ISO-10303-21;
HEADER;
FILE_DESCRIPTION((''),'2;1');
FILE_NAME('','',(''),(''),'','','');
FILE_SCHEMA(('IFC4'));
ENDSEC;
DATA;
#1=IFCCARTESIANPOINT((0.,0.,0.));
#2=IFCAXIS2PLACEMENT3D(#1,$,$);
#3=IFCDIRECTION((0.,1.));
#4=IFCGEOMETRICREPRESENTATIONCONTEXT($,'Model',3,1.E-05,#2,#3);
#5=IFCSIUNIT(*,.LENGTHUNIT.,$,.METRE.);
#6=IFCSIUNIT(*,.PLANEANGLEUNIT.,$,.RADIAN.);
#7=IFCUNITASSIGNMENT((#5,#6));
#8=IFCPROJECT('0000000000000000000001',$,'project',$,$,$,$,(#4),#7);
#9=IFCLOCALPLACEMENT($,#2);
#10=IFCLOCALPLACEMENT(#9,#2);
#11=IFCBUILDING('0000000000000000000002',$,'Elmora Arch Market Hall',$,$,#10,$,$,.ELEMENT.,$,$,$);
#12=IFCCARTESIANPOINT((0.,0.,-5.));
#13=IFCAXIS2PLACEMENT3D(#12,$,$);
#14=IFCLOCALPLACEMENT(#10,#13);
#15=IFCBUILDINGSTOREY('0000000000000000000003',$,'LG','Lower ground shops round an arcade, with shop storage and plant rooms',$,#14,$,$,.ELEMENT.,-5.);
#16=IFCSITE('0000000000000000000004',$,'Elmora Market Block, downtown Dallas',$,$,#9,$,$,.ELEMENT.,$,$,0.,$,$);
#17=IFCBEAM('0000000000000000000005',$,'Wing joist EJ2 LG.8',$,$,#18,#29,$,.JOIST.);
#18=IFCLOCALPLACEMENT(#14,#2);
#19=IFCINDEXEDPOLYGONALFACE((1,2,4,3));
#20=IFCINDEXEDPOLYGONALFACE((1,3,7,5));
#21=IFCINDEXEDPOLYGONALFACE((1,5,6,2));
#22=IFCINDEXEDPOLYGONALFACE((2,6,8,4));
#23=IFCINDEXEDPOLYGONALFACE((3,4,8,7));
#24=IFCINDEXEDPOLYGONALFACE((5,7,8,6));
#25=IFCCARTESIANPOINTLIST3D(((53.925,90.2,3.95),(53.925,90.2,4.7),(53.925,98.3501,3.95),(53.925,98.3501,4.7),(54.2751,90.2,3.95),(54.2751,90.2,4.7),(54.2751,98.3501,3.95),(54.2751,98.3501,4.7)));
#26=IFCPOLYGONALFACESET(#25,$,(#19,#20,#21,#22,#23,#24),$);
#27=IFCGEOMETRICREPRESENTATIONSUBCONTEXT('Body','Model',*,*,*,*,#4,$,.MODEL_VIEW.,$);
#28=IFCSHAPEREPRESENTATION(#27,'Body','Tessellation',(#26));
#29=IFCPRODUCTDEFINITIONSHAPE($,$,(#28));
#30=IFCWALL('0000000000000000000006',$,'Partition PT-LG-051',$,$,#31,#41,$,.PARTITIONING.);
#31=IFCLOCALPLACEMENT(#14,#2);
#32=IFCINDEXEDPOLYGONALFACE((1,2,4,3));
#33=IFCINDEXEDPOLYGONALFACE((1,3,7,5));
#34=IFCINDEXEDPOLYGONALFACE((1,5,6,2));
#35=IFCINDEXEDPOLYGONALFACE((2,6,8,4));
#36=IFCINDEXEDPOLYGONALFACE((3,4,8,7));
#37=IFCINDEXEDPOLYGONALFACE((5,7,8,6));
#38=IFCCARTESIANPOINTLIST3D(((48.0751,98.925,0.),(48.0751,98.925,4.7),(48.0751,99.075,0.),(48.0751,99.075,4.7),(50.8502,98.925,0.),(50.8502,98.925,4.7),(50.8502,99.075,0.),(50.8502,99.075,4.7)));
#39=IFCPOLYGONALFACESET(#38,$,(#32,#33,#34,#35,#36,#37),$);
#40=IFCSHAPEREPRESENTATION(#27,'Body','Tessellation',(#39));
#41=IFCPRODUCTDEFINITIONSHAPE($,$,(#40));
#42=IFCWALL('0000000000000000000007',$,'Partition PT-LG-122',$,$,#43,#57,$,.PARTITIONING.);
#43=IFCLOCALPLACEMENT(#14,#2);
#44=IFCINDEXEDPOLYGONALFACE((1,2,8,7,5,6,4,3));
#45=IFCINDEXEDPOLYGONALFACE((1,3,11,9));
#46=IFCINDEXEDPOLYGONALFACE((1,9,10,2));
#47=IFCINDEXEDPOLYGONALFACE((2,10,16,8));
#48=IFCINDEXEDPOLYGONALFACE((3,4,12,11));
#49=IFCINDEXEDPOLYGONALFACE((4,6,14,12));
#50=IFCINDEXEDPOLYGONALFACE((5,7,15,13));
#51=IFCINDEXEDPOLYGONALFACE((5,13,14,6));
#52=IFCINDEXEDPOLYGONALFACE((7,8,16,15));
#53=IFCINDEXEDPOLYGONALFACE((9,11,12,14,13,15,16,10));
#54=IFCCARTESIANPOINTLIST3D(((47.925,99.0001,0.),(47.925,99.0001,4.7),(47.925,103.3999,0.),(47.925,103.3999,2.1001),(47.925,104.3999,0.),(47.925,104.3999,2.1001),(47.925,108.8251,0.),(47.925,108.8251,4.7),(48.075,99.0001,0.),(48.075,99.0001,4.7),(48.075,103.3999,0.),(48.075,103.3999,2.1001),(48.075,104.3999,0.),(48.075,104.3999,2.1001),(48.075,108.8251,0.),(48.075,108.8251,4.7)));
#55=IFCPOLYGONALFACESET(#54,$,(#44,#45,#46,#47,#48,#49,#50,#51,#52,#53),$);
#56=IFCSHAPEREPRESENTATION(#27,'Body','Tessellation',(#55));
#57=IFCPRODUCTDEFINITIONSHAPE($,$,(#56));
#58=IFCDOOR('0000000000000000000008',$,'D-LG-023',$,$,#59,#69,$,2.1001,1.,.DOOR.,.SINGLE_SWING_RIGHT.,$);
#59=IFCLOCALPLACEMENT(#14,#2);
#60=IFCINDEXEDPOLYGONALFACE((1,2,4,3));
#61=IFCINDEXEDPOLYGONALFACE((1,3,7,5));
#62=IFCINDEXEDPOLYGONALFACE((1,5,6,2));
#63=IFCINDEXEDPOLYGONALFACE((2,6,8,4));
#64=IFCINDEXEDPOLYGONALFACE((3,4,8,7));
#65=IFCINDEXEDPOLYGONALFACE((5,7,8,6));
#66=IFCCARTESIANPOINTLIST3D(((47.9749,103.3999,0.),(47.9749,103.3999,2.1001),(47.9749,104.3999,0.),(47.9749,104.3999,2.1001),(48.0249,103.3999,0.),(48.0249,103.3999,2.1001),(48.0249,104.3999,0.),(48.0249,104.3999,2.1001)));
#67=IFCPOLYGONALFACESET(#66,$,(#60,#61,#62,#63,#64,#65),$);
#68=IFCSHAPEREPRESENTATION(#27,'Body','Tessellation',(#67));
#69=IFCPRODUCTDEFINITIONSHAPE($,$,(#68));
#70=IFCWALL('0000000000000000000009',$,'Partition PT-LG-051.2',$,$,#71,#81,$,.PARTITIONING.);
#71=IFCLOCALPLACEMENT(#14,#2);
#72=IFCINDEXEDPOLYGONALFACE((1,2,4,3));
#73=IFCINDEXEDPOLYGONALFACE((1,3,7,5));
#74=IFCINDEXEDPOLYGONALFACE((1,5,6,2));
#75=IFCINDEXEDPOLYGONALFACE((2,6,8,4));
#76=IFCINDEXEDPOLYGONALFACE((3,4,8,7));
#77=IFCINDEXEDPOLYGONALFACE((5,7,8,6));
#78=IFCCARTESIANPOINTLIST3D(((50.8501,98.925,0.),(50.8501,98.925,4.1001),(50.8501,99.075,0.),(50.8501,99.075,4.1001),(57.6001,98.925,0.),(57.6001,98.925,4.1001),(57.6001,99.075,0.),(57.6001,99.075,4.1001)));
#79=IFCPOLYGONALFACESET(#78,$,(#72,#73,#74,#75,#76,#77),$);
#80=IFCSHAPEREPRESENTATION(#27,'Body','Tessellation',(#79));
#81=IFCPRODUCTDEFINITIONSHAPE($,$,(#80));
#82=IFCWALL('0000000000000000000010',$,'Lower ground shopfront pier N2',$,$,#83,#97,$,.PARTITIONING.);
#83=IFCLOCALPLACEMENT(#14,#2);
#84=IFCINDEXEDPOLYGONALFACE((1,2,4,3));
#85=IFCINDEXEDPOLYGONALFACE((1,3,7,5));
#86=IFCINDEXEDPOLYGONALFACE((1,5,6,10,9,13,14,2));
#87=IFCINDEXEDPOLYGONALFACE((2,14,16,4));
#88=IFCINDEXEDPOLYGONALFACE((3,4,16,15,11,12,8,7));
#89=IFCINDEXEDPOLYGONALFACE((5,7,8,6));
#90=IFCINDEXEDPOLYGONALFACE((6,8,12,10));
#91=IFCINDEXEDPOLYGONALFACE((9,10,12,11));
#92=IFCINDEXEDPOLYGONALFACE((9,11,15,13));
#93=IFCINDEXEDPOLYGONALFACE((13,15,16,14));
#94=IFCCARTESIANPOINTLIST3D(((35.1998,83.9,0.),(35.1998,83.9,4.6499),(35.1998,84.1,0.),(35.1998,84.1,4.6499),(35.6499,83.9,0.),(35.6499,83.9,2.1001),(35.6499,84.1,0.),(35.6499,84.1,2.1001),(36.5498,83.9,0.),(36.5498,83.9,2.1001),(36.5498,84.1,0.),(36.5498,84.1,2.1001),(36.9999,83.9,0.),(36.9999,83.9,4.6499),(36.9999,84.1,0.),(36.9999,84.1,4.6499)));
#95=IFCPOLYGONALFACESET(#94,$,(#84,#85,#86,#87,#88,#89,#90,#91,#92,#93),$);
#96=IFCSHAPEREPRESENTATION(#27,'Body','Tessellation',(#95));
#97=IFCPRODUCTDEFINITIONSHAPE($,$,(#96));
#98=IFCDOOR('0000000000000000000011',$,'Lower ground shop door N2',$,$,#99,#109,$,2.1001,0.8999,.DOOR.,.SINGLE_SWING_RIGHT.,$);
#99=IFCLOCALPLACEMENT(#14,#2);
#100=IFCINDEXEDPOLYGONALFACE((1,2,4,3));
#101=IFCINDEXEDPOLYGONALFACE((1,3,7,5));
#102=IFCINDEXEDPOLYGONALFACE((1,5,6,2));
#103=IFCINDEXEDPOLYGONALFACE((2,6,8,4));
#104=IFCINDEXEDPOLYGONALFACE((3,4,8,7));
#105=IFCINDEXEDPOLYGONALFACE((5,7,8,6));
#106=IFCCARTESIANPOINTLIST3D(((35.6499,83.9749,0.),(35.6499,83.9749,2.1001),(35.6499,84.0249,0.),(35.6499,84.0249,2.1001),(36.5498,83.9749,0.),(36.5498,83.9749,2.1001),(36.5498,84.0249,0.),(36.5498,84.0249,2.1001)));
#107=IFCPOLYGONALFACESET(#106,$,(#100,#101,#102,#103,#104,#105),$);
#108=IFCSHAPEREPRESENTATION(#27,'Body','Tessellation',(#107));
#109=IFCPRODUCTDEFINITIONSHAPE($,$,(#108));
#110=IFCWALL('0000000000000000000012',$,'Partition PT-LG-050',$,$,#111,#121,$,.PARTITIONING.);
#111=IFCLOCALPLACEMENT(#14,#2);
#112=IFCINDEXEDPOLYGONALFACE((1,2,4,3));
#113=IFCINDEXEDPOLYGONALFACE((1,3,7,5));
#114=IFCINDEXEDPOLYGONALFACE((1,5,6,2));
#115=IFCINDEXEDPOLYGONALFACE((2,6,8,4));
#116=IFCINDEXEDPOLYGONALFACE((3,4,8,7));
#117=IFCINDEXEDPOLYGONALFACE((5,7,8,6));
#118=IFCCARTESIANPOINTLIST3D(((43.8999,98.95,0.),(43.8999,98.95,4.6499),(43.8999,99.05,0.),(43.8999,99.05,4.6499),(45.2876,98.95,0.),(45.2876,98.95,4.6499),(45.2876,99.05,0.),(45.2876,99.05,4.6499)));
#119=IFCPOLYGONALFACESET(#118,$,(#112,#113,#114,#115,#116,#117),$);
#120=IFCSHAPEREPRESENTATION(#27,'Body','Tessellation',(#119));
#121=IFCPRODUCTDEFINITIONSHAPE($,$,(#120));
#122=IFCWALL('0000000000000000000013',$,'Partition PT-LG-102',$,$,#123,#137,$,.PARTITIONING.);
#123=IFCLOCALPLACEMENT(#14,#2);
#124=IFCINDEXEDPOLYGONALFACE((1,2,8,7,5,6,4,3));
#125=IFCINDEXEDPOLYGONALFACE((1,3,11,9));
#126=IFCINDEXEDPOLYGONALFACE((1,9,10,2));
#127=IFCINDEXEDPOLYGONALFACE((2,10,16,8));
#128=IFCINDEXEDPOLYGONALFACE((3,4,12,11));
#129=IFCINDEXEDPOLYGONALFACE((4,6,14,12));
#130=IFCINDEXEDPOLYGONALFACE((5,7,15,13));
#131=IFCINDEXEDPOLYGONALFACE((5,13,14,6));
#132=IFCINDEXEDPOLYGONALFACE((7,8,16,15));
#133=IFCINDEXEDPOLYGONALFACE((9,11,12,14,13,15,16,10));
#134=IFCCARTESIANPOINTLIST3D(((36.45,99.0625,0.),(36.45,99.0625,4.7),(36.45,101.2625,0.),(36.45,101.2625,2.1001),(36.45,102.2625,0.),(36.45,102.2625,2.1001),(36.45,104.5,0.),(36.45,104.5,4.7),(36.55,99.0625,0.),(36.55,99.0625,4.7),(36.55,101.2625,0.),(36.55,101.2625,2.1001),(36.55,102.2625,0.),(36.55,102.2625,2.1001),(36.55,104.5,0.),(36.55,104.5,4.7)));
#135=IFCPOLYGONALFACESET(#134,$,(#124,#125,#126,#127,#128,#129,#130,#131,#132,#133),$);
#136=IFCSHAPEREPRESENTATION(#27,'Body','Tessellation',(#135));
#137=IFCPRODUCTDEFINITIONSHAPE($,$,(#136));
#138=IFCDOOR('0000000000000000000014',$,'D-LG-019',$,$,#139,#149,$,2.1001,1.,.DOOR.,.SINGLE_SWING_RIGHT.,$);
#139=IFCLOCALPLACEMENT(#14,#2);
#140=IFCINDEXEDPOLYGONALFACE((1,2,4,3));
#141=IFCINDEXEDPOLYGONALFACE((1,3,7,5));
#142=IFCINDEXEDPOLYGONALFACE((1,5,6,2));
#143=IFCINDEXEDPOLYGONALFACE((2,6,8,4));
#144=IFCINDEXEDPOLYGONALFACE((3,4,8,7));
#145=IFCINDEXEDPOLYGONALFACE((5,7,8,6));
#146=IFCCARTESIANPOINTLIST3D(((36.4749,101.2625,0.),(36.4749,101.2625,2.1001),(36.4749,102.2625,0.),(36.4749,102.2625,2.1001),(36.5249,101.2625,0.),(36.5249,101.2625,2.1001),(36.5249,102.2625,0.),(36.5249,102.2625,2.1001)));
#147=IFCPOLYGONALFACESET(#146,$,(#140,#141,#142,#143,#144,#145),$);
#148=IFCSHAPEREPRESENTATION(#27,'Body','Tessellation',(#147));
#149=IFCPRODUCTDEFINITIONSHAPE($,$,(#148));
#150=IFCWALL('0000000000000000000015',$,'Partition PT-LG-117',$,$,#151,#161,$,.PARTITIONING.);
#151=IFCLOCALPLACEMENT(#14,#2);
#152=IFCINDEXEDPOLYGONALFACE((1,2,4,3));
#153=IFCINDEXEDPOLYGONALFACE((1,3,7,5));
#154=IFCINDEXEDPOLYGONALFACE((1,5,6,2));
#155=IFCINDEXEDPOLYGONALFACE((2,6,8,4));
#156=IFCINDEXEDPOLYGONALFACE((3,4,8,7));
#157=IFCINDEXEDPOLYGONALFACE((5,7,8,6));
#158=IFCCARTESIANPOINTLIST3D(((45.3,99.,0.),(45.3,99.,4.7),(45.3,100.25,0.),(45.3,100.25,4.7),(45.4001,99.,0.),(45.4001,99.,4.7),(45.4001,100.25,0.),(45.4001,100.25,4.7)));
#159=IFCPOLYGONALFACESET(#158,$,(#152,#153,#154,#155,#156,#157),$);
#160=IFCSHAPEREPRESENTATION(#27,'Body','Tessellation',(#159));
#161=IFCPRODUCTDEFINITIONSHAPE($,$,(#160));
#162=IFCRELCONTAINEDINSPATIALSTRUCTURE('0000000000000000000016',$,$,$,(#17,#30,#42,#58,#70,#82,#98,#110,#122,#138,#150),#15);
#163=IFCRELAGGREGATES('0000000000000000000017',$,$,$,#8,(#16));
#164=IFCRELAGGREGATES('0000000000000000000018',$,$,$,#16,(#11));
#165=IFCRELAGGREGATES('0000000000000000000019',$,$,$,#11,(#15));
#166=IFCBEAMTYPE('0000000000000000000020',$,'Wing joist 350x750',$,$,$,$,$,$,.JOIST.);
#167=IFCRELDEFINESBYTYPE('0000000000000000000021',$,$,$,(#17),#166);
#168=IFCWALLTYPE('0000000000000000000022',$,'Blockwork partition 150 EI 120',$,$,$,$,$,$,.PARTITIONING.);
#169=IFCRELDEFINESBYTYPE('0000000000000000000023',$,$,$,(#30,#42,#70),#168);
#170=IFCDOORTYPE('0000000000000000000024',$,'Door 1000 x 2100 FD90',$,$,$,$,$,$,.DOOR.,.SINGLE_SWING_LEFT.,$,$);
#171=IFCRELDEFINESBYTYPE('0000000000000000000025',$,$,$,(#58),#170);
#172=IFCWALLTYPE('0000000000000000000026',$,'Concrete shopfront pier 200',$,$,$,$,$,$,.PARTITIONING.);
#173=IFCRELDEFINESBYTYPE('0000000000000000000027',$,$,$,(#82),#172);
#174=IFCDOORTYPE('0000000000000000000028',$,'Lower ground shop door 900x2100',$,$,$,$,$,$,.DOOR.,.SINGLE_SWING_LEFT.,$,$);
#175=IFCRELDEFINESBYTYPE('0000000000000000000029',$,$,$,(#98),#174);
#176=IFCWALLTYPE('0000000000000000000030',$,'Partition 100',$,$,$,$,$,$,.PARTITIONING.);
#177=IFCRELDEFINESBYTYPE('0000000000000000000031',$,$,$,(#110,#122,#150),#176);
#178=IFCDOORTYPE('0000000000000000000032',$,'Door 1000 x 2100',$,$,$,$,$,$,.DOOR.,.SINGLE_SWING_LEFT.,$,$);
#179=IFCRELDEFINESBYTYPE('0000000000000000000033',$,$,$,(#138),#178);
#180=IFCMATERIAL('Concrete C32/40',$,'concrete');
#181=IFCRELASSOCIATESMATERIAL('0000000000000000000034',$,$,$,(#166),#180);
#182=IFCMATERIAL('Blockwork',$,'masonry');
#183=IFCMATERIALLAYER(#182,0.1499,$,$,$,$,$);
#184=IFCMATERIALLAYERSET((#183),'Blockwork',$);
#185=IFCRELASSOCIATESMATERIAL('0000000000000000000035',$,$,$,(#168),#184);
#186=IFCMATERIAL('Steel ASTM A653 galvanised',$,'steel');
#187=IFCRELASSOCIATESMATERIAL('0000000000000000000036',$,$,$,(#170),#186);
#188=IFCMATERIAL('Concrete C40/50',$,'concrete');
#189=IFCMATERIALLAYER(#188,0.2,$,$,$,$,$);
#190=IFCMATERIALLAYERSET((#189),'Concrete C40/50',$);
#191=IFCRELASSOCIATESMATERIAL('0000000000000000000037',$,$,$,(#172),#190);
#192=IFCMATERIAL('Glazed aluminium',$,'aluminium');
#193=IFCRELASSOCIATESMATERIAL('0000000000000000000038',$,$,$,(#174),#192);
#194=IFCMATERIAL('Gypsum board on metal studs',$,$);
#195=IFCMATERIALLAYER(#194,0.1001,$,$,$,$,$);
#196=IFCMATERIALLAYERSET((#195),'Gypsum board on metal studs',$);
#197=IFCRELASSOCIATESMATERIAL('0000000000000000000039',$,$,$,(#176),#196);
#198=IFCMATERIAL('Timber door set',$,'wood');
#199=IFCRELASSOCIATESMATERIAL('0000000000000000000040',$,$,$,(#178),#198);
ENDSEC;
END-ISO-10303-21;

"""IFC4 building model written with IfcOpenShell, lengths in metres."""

from ifc_helpers import new_model, si_unit, direction, frame, frame_2d, origin, origin_2d, place, context, subcontext, project, spatial, rectangle, extrude, material, layer, layer_set, material_profile, profile_set, type_object, element, fill, save


model = new_model("IFC4")

# Units and contexts
model_context = context("Model", 3, precision=1e-05, world=origin(), true_north=direction((0.0, 1.0)))
body_context = subcontext(model_context, "Body", "Model", "MODEL_VIEW")
ifc_project = project(units=[si_unit("LENGTHUNIT", "METRE"), si_unit("PLANEANGLEUNIT", "RADIAN")], contexts=[model_context])

# Site, building, storey
site_placement = place(None, origin())
site = spatial("IfcSite", under=ifc_project, at=site_placement, Name="Elmora Market Block, downtown Dallas", CompositionType="ELEMENT", RefElevation=0.0)
building_placement = place(site_placement, origin())
building = spatial("IfcBuilding", under=site, at=building_placement, Name="Elmora Arch Market Hall", CompositionType="ELEMENT")
storey_placement = place(building_placement, frame((0.0, 0.0, -5.0)))
storey = spatial("IfcBuildingStorey", under=building, at=storey_placement, Name="LG", Description="Lower ground shops round an arcade, with shop storage and plant rooms", CompositionType="ELEMENT", Elevation=-5.0)

# Beam
ifc_material_1 = material(Name="Concrete C32/40", Category="concrete")
ifc_material_profile_1 = material_profile(ifc_material_1, rectangle(XDim=0.3501, YDim=0.75, at=origin_2d()), Name="Wing joist 350x750")
ifc_profile_set_1 = profile_set([ifc_material_profile_1], Name="Concrete C32/40")
beam_type_1 = type_object("IfcBeamType", Name="Wing joist 350x750", PredefinedType="JOIST", material=ifc_profile_set_1)
for number, where, z_axis, x_axis, name in (
    (1, (54.1001, 90.2, 4.325), (0.0, 1.0, 0.0), (-1.0, 0.0, 0.0), "Wing joist EJ2 LG.8"),
):
    element("IfcBeam", number, at=place(storey_placement, frame(where, z_axis=z_axis, x_axis=x_axis)), inside=storey, type_object=beam_type_1, Name=name, PredefinedType="JOIST", context=body_context, shape_type="SweptSolid", body=[
        extrude(rectangle(XDim=0.3501, YDim=0.75, at=origin_2d()), origin(), (0.0, 0.0, 1.0), 8.1501),
    ])

# Wall
ifc_material_2 = material(Name="Blockwork", Category="masonry")
ifc_layer_1 = layer(ifc_material_2, 0.1499)
ifc_layer_set_1 = layer_set([ifc_layer_1], Name="Blockwork")
wall_type_1 = type_object("IfcWallType", Name="Blockwork partition 150 EI 120", PredefinedType="PARTITIONING", material=ifc_layer_set_1)
wall_1_placement = place(storey_placement, frame((48.075, 99.0, 0.0), z_axis=(0.0, 0.0, 1.0), x_axis=(1.0, 0.0, 0.0)))
element("IfcWall", 2, at=wall_1_placement, inside=storey, type_object=wall_type_1, Name="Partition PT-LG-051", PredefinedType="PARTITIONING", context=body_context, shape_type="SweptSolid", body=[
    extrude(rectangle(XDim=2.7751, YDim=0.1499, at=frame_2d((1.3877, 0.0))), origin(), (0.0, 0.0, 1.0), 4.7),
])

# Wall, opening, door
wall_2_placement = place(storey_placement, frame((48.0, 99.0, 0.0), z_axis=(0.0, 0.0, 1.0), x_axis=(0.0, 1.0, 0.0)))
wall_2 = element("IfcWall", 3, at=wall_2_placement, inside=storey, type_object=wall_type_1, Name="Partition PT-LG-122", PredefinedType="PARTITIONING", context=body_context, shape_type="SweptSolid", body=[
    extrude(rectangle(XDim=9.825, YDim=0.1499, at=frame_2d((4.9126, 0.0))), origin(), (0.0, 0.0, 1.0), 4.7),
])
opening_1_placement = place(wall_2_placement, frame((4.3999, 0.0, 0.0)))
opening_1 = element("IfcOpeningElement", 4, at=opening_1_placement, cuts=wall_2, PredefinedType="OPENING", context=body_context, shape_type="SweptSolid", body=[
    extrude(rectangle(XDim=1.0, YDim=2.1001, at=frame_2d((0.5, 1.05))), frame((0.0, 0.085, 0.0), z_axis=(0.0, -1.0, 0.0), x_axis=(1.0, 0.0, 0.0)), (0.0, 0.0, 1.0), 0.1699),
])
ifc_material_3 = material(Name="Steel ASTM A653 galvanised", Category="steel")
door_type_1 = type_object("IfcDoorType", Name="Door 1000 x 2100 FD90", OperationType="SINGLE_SWING_LEFT", PredefinedType="DOOR", material=ifc_material_3)
door_1_placement = place(opening_1_placement, frame((1.0, 0.0, 0.0), z_axis=(0.0, 0.0, 1.0), x_axis=(-1.0, 0.0, 0.0)))
door_1 = element("IfcDoor", 5, at=door_1_placement, inside=storey, type_object=door_type_1, Name="D-LG-023", OperationType="SINGLE_SWING_RIGHT", OverallHeight=2.1001, OverallWidth=1.0, PredefinedType="DOOR", context=body_context, shape_type="SweptSolid", body=[
    extrude(rectangle(XDim=1.0, YDim=2.1001, at=frame_2d((0.5, 1.05))), frame((0.0, 0.0249, 0.0), z_axis=(0.0, -1.0, 0.0), x_axis=(1.0, 0.0, 0.0)), (0.0, 0.0, 1.0), 0.05),
])
fill(opening_1, door_1)

# Wall
wall_3_placement = place(storey_placement, frame((50.8501, 99.0, 0.0), z_axis=(0.0, 0.0, 1.0), x_axis=(1.0, 0.0, 0.0)))
element("IfcWall", 6, at=wall_3_placement, inside=storey, type_object=wall_type_1, Name="Partition PT-LG-051.2", PredefinedType="PARTITIONING", context=body_context, shape_type="SweptSolid", body=[
    extrude(rectangle(XDim=6.75, YDim=0.1499, at=frame_2d((3.375, 0.0))), origin(), (0.0, 0.0, 1.0), 4.1001),
])

# Wall, opening, door
ifc_material_4 = material(Name="Concrete C40/50", Category="concrete")
ifc_layer_2 = layer(ifc_material_4, 0.2)
ifc_layer_set_2 = layer_set([ifc_layer_2], Name="Concrete C40/50")
wall_type_2 = type_object("IfcWallType", Name="Concrete shopfront pier 200", PredefinedType="PARTITIONING", material=ifc_layer_set_2)
wall_4_placement = place(storey_placement, frame((35.2, 84.0, 0.0), z_axis=(0.0, 0.0, 1.0), x_axis=(1.0, 0.0, 0.0)))
wall_4 = element("IfcWall", 7, at=wall_4_placement, inside=storey, type_object=wall_type_2, Name="Lower ground shopfront pier N2", PredefinedType="PARTITIONING", context=body_context, shape_type="SweptSolid", body=[
    extrude(rectangle(XDim=1.8, YDim=0.2, at=frame_2d((0.8999, 0.0))), origin(), (0.0, 0.0, 1.0), 4.6499),
])
opening_2_placement = place(wall_4_placement, frame((0.45, 0.0, 0.0)))
opening_2 = element("IfcOpeningElement", 8, at=opening_2_placement, cuts=wall_4, PredefinedType="OPENING", context=body_context, shape_type="SweptSolid", body=[
    extrude(rectangle(XDim=0.8999, YDim=2.1001, at=frame_2d((0.45, 1.05))), frame((0.0, 0.1099, 0.0), z_axis=(0.0, -1.0, 0.0), x_axis=(1.0, 0.0, 0.0)), (0.0, 0.0, 1.0), 0.22),
])
ifc_material_5 = material(Name="Glazed aluminium", Category="aluminium")
door_type_2 = type_object("IfcDoorType", Name="Lower ground shop door 900x2100", OperationType="SINGLE_SWING_LEFT", PredefinedType="DOOR", material=ifc_material_5)
door_2_placement = place(opening_2_placement, origin())
door_2 = element("IfcDoor", 9, at=door_2_placement, inside=storey, type_object=door_type_2, Name="Lower ground shop door N2", OperationType="SINGLE_SWING_RIGHT", OverallHeight=2.1001, OverallWidth=0.8999, PredefinedType="DOOR", context=body_context, shape_type="SweptSolid", body=[
    extrude(rectangle(XDim=0.8999, YDim=2.1001, at=frame_2d((0.45, 1.05))), frame((0.0, 0.0249, 0.0), z_axis=(0.0, -1.0, 0.0), x_axis=(1.0, 0.0, 0.0)), (0.0, 0.0, 1.0), 0.05),
])
fill(opening_2, door_2)

# Wall
ifc_material_6 = material(Name="Gypsum board on metal studs")
ifc_layer_3 = layer(ifc_material_6, 0.1001)
ifc_layer_set_3 = layer_set([ifc_layer_3], Name="Gypsum board on metal studs")
wall_type_3 = type_object("IfcWallType", Name="Partition 100", PredefinedType="PARTITIONING", material=ifc_layer_set_3)
wall_5_placement = place(storey_placement, frame((43.8999, 99.0, 0.0), z_axis=(0.0, 0.0, 1.0), x_axis=(1.0, 0.0, 0.0)))
element("IfcWall", 10, at=wall_5_placement, inside=storey, type_object=wall_type_3, Name="Partition PT-LG-050", PredefinedType="PARTITIONING", context=body_context, shape_type="SweptSolid", body=[
    extrude(rectangle(XDim=1.3877, YDim=0.1001, at=frame_2d((0.6938, 0.0))), origin(), (0.0, 0.0, 1.0), 4.6499),
])

# Wall, opening, door
wall_6_placement = place(storey_placement, frame((36.5, 99.0625, 0.0), z_axis=(0.0, 0.0, 1.0), x_axis=(0.0, 1.0, 0.0)))
wall_6 = element("IfcWall", 11, at=wall_6_placement, inside=storey, type_object=wall_type_3, Name="Partition PT-LG-102", PredefinedType="PARTITIONING", context=body_context, shape_type="SweptSolid", body=[
    extrude(rectangle(XDim=5.4375, YDim=0.1001, at=frame_2d((2.7188, 0.0))), origin(), (0.0, 0.0, 1.0), 4.7),
])
opening_3_placement = place(wall_6_placement, frame((2.2, 0.0, 0.0)))
opening_3 = element("IfcOpeningElement", 12, at=opening_3_placement, cuts=wall_6, PredefinedType="OPENING", context=body_context, shape_type="SweptSolid", body=[
    extrude(rectangle(XDim=1.0, YDim=2.1001, at=frame_2d((0.5, 1.05))), frame((0.0, 0.0601, 0.0), z_axis=(0.0, -1.0, 0.0), x_axis=(1.0, 0.0, 0.0)), (0.0, 0.0, 1.0), 0.1201),
])
ifc_material_7 = material(Name="Timber door set", Category="wood")
door_type_3 = type_object("IfcDoorType", Name="Door 1000 x 2100", OperationType="SINGLE_SWING_LEFT", PredefinedType="DOOR", material=ifc_material_7)
door_3_placement = place(opening_3_placement, frame((1.0, 0.0, 0.0), z_axis=(0.0, 0.0, 1.0), x_axis=(-1.0, 0.0, 0.0)))
door_3 = element("IfcDoor", 13, at=door_3_placement, inside=storey, type_object=door_type_3, Name="D-LG-019", OperationType="SINGLE_SWING_RIGHT", OverallHeight=2.1001, OverallWidth=1.0, PredefinedType="DOOR", context=body_context, shape_type="SweptSolid", body=[
    extrude(rectangle(XDim=1.0, YDim=2.1001, at=frame_2d((0.5, 1.05))), frame((0.0, 0.0249, 0.0), z_axis=(0.0, -1.0, 0.0), x_axis=(1.0, 0.0, 0.0)), (0.0, 0.0, 1.0), 0.05),
])
fill(opening_3, door_3)

# Wall
wall_7_placement = place(storey_placement, frame((45.3501, 99.0, 0.0), z_axis=(0.0, 0.0, 1.0), x_axis=(0.0, 1.0, 0.0)))
element("IfcWall", 14, at=wall_7_placement, inside=storey, type_object=wall_type_3, Name="Partition PT-LG-117", PredefinedType="PARTITIONING", context=body_context, shape_type="SweptSolid", body=[
    extrude(rectangle(XDim=1.25, YDim=0.1001, at=frame_2d((0.625, 0.0))), origin(), (0.0, 0.0, 1.0), 4.7),
])

save(model, "model.ifc")
